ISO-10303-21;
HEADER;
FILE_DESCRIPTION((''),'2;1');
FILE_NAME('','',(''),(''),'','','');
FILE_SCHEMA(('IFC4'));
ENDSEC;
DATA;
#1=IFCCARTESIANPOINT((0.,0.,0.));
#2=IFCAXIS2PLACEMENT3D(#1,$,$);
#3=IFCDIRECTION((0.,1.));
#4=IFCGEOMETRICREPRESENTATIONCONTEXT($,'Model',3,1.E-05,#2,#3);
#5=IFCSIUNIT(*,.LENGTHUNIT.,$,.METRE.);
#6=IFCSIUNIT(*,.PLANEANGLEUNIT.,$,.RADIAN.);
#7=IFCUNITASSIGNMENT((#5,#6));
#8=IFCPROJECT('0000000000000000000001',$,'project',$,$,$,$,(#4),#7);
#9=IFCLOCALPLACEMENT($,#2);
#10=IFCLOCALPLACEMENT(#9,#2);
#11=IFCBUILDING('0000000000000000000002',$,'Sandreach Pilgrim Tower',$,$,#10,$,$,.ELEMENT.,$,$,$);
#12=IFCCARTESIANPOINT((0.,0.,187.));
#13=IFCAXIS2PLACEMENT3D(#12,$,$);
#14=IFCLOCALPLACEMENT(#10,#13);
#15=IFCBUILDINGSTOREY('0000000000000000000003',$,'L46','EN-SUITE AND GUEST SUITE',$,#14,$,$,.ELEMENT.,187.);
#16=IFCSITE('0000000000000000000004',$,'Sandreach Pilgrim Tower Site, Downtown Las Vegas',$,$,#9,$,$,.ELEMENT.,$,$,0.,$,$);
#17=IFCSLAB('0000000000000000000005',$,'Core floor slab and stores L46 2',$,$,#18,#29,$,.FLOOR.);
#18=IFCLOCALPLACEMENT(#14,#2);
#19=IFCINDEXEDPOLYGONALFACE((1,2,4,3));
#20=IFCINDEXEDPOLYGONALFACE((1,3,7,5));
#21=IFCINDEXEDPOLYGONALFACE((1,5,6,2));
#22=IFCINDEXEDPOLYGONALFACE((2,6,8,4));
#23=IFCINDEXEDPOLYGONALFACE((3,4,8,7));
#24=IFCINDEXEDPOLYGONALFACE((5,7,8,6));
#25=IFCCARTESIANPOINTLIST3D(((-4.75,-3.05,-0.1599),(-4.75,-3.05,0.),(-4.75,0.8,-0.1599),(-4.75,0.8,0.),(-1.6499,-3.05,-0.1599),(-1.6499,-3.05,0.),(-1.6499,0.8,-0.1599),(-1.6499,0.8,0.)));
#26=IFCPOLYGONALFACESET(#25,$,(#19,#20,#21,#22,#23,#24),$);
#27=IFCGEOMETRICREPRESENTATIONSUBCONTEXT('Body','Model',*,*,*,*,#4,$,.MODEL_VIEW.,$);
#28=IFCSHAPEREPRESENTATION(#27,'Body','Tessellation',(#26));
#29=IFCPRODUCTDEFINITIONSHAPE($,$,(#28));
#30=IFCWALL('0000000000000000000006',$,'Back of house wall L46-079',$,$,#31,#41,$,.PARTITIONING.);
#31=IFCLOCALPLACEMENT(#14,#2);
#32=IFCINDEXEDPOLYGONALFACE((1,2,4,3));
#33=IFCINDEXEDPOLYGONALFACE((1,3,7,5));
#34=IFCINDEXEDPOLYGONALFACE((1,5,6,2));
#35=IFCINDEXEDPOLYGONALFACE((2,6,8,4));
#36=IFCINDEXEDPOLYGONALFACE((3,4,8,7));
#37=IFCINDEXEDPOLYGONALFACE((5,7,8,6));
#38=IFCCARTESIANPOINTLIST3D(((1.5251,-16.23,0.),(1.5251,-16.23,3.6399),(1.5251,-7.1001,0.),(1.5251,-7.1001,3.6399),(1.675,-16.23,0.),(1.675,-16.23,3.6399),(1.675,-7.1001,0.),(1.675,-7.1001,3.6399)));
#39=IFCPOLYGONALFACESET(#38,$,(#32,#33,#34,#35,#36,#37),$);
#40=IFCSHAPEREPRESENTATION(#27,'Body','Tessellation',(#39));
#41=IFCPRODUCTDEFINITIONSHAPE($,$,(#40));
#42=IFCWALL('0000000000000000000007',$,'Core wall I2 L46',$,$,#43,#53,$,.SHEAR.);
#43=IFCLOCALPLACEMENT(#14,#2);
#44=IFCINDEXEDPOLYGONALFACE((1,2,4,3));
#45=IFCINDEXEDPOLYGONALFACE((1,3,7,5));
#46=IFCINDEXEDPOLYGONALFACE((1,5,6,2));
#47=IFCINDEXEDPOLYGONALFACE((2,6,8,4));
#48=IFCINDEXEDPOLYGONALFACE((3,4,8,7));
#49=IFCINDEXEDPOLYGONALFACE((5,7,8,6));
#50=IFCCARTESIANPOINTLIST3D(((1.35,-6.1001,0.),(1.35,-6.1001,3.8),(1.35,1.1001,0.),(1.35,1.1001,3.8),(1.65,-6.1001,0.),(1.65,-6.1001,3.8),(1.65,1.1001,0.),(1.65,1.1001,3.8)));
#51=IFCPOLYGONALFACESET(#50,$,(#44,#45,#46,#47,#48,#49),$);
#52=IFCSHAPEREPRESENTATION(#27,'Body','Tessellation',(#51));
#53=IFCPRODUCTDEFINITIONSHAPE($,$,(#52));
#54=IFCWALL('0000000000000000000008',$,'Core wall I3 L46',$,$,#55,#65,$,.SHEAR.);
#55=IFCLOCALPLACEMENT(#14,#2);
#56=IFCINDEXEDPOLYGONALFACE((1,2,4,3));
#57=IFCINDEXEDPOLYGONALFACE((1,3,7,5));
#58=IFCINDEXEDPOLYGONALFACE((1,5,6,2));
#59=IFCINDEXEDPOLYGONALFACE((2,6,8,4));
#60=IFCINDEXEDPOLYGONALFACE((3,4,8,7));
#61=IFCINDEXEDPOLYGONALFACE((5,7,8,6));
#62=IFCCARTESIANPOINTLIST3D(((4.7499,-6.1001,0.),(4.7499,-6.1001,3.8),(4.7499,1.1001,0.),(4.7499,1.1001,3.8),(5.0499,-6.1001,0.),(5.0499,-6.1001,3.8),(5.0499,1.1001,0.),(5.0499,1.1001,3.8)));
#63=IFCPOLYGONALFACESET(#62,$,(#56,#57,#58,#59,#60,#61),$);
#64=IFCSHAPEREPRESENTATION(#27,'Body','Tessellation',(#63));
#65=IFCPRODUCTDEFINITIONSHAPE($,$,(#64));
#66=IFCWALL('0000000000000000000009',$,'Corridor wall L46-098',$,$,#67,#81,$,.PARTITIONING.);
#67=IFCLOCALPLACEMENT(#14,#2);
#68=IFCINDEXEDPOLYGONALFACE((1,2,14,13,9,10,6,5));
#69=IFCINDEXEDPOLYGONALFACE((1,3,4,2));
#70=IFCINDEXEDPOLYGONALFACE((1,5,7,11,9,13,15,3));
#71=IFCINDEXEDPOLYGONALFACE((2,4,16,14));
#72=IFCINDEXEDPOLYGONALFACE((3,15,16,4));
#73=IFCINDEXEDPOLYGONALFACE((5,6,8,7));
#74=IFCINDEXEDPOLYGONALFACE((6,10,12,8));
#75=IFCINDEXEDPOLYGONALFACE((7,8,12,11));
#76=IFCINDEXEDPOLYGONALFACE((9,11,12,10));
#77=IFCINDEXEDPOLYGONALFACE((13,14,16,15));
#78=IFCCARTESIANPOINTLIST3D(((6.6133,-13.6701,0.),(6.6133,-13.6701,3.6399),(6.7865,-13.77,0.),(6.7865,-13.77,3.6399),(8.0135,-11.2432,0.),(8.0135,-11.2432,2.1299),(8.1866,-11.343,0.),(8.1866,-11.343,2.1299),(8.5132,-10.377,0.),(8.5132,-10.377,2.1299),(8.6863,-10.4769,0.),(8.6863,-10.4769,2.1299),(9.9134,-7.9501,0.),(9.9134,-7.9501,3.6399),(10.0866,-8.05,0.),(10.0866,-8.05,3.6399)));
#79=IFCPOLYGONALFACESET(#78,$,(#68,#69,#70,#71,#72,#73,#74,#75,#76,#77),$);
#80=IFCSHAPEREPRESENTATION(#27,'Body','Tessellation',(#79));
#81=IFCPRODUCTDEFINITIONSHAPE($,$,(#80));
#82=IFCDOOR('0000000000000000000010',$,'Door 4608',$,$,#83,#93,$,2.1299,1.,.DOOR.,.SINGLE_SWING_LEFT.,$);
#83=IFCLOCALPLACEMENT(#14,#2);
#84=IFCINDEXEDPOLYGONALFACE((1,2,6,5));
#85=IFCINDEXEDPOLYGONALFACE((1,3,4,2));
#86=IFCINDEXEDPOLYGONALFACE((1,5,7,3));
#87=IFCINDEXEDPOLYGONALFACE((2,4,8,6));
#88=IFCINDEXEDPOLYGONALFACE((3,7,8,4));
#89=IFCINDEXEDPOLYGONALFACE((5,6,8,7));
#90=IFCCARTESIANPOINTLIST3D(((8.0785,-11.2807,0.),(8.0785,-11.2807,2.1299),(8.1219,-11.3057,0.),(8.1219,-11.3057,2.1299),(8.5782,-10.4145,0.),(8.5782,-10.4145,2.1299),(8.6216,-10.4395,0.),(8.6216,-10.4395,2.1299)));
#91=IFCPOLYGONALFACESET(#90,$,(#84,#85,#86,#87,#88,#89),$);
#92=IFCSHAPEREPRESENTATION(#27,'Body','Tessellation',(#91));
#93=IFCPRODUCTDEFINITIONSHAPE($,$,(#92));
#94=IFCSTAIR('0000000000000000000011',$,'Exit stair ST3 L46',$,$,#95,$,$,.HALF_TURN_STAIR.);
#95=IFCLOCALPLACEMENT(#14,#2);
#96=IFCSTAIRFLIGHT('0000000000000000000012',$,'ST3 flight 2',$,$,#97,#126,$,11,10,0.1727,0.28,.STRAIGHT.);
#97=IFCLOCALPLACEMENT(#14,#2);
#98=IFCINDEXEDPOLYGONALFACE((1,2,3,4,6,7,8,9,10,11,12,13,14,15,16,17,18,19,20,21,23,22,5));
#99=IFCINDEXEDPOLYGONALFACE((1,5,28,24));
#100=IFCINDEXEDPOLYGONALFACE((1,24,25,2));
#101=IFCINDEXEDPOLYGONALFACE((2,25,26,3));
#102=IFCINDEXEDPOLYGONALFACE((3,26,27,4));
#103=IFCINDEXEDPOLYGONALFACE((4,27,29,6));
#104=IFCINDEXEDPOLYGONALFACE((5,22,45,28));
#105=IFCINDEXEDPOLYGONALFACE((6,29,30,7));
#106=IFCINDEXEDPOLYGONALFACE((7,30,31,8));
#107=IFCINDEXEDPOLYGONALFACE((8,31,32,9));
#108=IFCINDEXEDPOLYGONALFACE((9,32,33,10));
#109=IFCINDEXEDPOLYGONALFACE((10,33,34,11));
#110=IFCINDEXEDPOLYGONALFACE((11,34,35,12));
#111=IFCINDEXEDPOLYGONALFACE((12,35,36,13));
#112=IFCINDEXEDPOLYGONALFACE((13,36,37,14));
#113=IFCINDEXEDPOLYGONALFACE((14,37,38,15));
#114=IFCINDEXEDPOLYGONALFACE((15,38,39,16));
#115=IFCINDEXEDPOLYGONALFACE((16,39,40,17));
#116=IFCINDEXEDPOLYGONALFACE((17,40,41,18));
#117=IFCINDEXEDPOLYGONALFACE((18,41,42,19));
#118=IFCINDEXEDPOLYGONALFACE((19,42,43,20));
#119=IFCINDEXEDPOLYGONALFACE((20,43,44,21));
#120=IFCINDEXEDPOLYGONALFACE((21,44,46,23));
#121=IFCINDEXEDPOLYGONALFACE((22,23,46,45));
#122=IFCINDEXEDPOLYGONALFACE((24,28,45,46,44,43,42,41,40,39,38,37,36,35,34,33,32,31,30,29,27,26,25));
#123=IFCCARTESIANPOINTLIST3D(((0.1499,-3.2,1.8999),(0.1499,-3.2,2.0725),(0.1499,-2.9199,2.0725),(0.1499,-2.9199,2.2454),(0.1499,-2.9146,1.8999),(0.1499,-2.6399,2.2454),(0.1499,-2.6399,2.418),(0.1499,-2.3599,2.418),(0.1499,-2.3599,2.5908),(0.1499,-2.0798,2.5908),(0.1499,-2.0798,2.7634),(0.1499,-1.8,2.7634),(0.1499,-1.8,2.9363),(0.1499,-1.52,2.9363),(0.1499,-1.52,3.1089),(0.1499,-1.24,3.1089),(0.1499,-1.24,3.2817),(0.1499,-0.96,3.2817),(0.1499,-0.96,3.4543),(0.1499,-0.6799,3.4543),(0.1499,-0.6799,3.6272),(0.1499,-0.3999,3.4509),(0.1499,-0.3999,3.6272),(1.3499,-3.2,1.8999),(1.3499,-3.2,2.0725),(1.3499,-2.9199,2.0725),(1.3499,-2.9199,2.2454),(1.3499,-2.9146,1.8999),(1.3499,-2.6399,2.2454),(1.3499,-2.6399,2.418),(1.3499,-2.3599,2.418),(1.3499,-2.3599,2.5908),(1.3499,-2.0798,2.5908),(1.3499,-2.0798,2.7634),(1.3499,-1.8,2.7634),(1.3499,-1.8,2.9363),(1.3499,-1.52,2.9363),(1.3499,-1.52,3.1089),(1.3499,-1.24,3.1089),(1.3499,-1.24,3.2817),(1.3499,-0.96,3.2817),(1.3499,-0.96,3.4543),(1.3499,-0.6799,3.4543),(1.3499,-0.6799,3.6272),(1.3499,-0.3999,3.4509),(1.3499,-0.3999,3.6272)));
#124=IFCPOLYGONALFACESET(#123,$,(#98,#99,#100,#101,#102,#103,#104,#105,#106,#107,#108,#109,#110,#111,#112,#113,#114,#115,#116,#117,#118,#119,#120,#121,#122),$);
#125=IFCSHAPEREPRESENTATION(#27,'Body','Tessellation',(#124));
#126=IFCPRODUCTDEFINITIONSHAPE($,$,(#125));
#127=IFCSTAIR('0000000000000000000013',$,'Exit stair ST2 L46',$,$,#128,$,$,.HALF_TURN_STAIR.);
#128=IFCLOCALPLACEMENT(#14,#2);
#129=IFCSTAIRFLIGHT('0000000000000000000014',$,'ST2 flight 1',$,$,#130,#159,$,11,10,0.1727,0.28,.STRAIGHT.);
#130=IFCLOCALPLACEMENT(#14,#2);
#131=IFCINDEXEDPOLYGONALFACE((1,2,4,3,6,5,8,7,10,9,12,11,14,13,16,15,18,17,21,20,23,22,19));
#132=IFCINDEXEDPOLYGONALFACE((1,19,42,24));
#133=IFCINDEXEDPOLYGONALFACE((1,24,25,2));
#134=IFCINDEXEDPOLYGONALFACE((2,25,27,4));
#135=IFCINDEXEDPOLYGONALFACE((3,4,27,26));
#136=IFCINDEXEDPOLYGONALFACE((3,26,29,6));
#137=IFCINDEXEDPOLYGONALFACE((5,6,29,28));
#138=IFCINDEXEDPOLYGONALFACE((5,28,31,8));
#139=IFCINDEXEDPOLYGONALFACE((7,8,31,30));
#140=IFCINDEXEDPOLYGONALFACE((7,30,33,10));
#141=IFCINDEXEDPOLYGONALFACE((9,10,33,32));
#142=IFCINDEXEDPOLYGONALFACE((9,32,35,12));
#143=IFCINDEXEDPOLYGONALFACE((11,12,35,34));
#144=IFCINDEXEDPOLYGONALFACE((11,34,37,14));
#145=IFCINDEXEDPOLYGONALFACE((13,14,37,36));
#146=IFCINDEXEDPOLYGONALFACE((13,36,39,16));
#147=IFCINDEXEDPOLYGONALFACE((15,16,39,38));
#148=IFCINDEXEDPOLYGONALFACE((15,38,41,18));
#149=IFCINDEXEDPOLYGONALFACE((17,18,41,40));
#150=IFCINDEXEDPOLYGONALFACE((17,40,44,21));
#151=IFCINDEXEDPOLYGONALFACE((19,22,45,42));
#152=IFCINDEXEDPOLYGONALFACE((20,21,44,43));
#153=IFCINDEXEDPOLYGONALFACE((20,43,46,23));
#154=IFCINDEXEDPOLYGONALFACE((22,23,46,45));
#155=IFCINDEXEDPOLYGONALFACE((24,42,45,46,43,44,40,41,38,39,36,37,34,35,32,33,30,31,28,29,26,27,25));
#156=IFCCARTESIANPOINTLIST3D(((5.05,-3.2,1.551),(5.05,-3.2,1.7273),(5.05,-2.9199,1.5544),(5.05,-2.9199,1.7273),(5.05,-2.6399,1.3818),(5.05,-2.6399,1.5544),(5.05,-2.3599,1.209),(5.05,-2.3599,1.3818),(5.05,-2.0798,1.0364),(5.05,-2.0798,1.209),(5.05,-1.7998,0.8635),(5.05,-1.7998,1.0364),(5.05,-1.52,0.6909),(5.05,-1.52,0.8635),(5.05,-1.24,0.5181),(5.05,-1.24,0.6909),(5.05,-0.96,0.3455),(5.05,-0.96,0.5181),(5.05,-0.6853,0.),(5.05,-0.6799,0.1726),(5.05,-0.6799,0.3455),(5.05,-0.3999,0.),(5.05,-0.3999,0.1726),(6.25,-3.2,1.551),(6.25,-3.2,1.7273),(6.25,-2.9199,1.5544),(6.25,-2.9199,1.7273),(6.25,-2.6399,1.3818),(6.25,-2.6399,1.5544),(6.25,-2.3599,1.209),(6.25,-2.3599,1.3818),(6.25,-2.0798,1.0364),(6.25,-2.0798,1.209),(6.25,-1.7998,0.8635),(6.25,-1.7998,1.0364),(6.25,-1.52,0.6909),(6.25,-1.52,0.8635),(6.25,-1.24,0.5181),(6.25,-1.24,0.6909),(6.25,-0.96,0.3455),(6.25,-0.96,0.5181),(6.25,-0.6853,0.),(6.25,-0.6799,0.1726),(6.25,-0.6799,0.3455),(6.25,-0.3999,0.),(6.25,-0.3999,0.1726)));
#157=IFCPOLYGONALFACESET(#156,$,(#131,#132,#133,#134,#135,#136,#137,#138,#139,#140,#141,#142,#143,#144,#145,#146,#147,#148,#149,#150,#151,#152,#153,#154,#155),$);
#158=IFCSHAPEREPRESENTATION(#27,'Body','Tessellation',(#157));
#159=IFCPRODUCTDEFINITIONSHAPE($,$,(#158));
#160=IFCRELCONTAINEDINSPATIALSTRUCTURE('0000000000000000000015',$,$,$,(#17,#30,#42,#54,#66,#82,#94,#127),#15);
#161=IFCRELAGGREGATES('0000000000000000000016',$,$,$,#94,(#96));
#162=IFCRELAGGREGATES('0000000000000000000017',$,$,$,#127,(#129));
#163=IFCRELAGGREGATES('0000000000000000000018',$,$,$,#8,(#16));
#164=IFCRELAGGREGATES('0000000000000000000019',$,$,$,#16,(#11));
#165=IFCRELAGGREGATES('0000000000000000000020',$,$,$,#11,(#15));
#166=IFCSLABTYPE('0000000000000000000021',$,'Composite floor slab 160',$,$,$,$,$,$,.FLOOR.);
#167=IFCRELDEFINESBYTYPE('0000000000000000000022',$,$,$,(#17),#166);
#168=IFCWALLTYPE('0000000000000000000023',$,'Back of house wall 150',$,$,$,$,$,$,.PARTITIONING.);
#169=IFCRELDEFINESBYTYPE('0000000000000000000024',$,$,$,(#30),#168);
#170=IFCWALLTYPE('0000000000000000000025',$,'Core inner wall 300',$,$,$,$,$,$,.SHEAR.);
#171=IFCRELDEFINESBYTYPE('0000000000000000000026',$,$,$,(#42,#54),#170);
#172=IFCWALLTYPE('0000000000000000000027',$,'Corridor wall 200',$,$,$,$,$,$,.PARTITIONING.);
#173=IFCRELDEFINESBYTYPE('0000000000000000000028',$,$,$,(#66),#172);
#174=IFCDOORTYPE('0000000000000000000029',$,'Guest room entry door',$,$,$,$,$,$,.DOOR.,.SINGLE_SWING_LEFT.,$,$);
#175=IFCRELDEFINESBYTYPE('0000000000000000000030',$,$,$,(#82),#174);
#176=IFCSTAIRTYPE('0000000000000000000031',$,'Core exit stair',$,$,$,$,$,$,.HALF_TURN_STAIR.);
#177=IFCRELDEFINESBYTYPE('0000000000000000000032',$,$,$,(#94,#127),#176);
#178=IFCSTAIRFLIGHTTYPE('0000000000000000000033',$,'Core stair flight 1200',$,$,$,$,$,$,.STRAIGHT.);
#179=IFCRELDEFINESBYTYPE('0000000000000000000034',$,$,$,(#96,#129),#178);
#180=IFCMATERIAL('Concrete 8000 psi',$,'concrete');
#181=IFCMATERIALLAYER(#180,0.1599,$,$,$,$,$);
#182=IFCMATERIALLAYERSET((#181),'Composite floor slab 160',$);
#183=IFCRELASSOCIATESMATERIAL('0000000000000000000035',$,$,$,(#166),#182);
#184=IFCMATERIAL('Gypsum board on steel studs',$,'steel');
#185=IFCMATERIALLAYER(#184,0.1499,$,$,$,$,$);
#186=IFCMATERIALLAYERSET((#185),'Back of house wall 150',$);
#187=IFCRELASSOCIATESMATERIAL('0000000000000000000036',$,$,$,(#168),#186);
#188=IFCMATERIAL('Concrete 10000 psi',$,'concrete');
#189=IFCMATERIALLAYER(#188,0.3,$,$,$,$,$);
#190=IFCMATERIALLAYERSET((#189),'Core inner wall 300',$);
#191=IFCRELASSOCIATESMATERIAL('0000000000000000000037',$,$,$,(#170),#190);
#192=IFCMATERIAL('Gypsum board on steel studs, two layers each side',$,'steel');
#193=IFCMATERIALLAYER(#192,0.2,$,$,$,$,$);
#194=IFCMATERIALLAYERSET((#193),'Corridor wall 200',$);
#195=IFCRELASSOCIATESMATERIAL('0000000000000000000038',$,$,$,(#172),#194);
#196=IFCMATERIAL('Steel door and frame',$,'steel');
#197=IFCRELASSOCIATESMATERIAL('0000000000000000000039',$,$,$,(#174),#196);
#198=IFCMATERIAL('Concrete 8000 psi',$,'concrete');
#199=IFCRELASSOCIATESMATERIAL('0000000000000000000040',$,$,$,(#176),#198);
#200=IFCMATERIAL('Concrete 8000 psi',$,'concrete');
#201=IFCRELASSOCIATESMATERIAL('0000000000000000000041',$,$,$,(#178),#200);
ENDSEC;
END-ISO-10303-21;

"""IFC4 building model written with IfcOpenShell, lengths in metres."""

from ifc_helpers import new_model, si_unit, direction, frame, frame_2d, origin, place, context, subcontext, project, spatial, polyline, rectangle, outline, extrude, material, layer, layer_set, type_object, element, fill, aggregate, save


model = new_model("IFC4")

# Units and contexts
model_context = context("Model", 3, precision=1e-05, world=origin(), true_north=direction((0.0, 1.0)))
body_context = subcontext(model_context, "Body", "Model", "MODEL_VIEW")
ifc_project = project(units=[si_unit("LENGTHUNIT", "METRE"), si_unit("PLANEANGLEUNIT", "RADIAN")], contexts=[model_context])

# Site, building, storey
site_placement = place(None, origin())
site = spatial("IfcSite", under=ifc_project, at=site_placement, Name="Sandreach Pilgrim Tower Site, Downtown Las Vegas", CompositionType="ELEMENT", RefElevation=0.0)
building_placement = place(site_placement, origin())
building = spatial("IfcBuilding", under=site, at=building_placement, Name="Sandreach Pilgrim Tower", CompositionType="ELEMENT")
storey_placement = place(building_placement, frame((0.0, 0.0, 187.0)))
storey = spatial("IfcBuildingStorey", under=building, at=storey_placement, Name="L46", Description="EN-SUITE AND GUEST SUITE", CompositionType="ELEMENT", Elevation=187.0)

# Slab
ifc_material_1 = material(Name="Concrete 8000 psi", Category="concrete")
ifc_layer_1 = layer(ifc_material_1, 0.1599)
ifc_layer_set_1 = layer_set([ifc_layer_1], Name="Composite floor slab 160")
slab_type = type_object("IfcSlabType", Name="Composite floor slab 160", PredefinedType="FLOOR", material=ifc_layer_set_1)
slab_placement = place(storey_placement, frame((0.0, 0.0, -0.1599)))
element("IfcSlab", 1, at=slab_placement, inside=storey, type_object=slab_type, Name="Core floor slab and stores L46 2", PredefinedType="FLOOR", context=body_context, shape_type="SweptSolid", body=[
    extrude(outline(polyline([(-1.6499, -3.05), (-4.75, -3.05), (-4.75, 0.8), (-1.6499, 0.8), (-1.6499, -3.05)])), origin(), (0.0, 0.0, 1.0), 0.1599),
])

# Walls
ifc_material_2 = material(Name="Gypsum board on steel studs", Category="steel")
ifc_layer_2 = layer(ifc_material_2, 0.1499)
ifc_layer_set_2 = layer_set([ifc_layer_2], Name="Back of house wall 150")
wall_type_1 = type_object("IfcWallType", Name="Back of house wall 150", PredefinedType="PARTITIONING", material=ifc_layer_set_2)
wall_1_placement = place(storey_placement, frame((1.6001, -7.1001, 0.0), z_axis=(0.0, 0.0, 1.0), x_axis=(0.0, -1.0, 0.0)))
element("IfcWall", 2, at=wall_1_placement, inside=storey, type_object=wall_type_1, Name="Back of house wall L46-079", PredefinedType="PARTITIONING", context=body_context, shape_type="SweptSolid", body=[
    extrude(rectangle(XDim=9.1299, YDim=0.1499, at=frame_2d((4.5649, 0.0))), origin(), (0.0, 0.0, 1.0), 3.6399),
])
ifc_material_3 = material(Name="Concrete 10000 psi", Category="concrete")
ifc_layer_3 = layer(ifc_material_3, 0.3)
ifc_layer_set_3 = layer_set([ifc_layer_3], Name="Core inner wall 300")
wall_type_2 = type_object("IfcWallType", Name="Core inner wall 300", PredefinedType="SHEAR", material=ifc_layer_set_3)
for number, where, z_axis, x_axis, name in (
    (3, (1.5, -6.1001, 0.0), (0.0, 0.0, 1.0), (0.0, 1.0, 0.0), "Core wall I2 L46"),
    (4, (4.8999, -6.1001, 0.0), (0.0, 0.0, 1.0), (0.0, 1.0, 0.0), "Core wall I3 L46"),
):
    element("IfcWall", number, at=place(storey_placement, frame(where, z_axis=z_axis, x_axis=x_axis)), inside=storey, type_object=wall_type_2, Name=name, PredefinedType="SHEAR", context=body_context, shape_type="SweptSolid", body=[
        extrude(rectangle(XDim=7.2002, YDim=0.3, at=frame_2d((3.6001, 0.0))), origin(), (0.0, 0.0, 1.0), 3.8),
    ])

# Wall, opening, door
ifc_material_4 = material(Name="Gypsum board on steel studs, two layers each side", Category="steel")
ifc_layer_4 = layer(ifc_material_4, 0.2)
ifc_layer_set_4 = layer_set([ifc_layer_4], Name="Corridor wall 200")
wall_type_3 = type_object("IfcWallType", Name="Corridor wall 200", PredefinedType="PARTITIONING", material=ifc_layer_set_4)
wall_2_placement = place(storey_placement, frame((6.7, -13.72, 0.0), z_axis=(0.0, 0.0, 1.0), x_axis=(0.49973, 0.866181, 0.0)))
wall_2 = element("IfcWall", 5, at=wall_2_placement, inside=storey, type_object=wall_type_3, Name="Corridor wall L46-098", PredefinedType="PARTITIONING", context=body_context, shape_type="SweptSolid", body=[
    extrude(rectangle(XDim=6.6038, YDim=0.2, at=frame_2d((3.3018, 0.0))), origin(), (0.0, 0.0, 1.0), 3.6399),
])
opening_1_placement = place(wall_2_placement, frame((2.8018, 0.0, 0.0)))
opening_1 = element("IfcOpeningElement", 6, at=opening_1_placement, cuts=wall_2, PredefinedType="OPENING", context=body_context, shape_type="SweptSolid", body=[
    extrude(rectangle(XDim=1.0, YDim=2.1299, at=frame_2d((0.5, 1.0649))), frame((0.0, 0.1001, 0.0), z_axis=(0.0, -1.0, 0.0), x_axis=(1.0, 0.0, 0.0)), (0.0, 0.0, 1.0), 0.2),
])
ifc_material_5 = material(Name="Steel door and frame", Category="steel")
door_type_1 = type_object("IfcDoorType", Name="Guest room entry door", OperationType="SINGLE_SWING_LEFT", PredefinedType="DOOR", material=ifc_material_5)
door_1_placement = place(opening_1_placement, origin())
door_1 = element("IfcDoor", 7, at=door_1_placement, inside=storey, type_object=door_type_1, Name="Door 4608", OperationType="SINGLE_SWING_LEFT", OverallHeight=2.1299, OverallWidth=1.0, PredefinedType="DOOR", context=body_context, shape_type="SweptSolid", body=[
    extrude(rectangle(XDim=1.0, YDim=2.1299, at=frame_2d((0.5, 1.0649))), frame((0.0, 0.0249, 0.0), z_axis=(0.0, -1.0, 0.0), x_axis=(1.0, 0.0, 0.0)), (0.0, 0.0, 1.0), 0.05),
])
fill(opening_1, door_1)

# Stair, stair flight
ifc_material_6 = material(Name="Concrete 8000 psi", Category="concrete")
stair_type = type_object("IfcStairType", Name="Core exit stair", PredefinedType="HALF_TURN_STAIR", material=ifc_material_6)
stair_1_placement = place(storey_placement, origin())
stair_1 = element("IfcStair", 8, at=stair_1_placement, inside=storey, type_object=stair_type, Name="Exit stair ST3 L46", PredefinedType="HALF_TURN_STAIR")
ifc_material_7 = material(Name="Concrete 8000 psi", Category="concrete")
stair_flight_type = type_object("IfcStairFlightType", Name="Core stair flight 1200", PredefinedType="STRAIGHT", material=ifc_material_7)
stair_flight_1_placement = place(storey_placement, frame((0.75, -3.2, 1.8999), z_axis=(0.0, 0.0, 1.0), x_axis=(0.0, 1.0, 0.0)))
stair_flight_1 = element("IfcStairFlight", 9, at=stair_flight_1_placement, type_object=stair_flight_type, Name="ST3 flight 2", NumberOfRisers=11, NumberOfTreads=10, PredefinedType="STRAIGHT", RiserHeight=0.1727, TreadLength=0.28, context=body_context, shape_type="SweptSolid", body=[
    extrude(outline(polyline([(0.0, 0.0), (0.0, 0.1726), (0.28, 0.1726), (0.28, 0.3455), (0.5601, 0.3455), (0.5601, 0.5181), (0.8401, 0.5181), (0.8401, 0.6909), (1.1201, 0.6909), (1.1201, 0.8635), (1.3999, 0.8635), (1.3999, 1.0364), (1.6799, 1.0364), (1.6799, 1.209), (1.96, 1.209), (1.96, 1.3818), (2.24, 1.3818), (2.24, 1.5544), (2.52, 1.5544), (2.52, 1.7273), (2.8, 1.7273), (2.8, 1.8999), (2.8, 1.551), (0.2854, 0.0), (0.0, 0.0)])), frame((0.0, 0.6001, 0.0), z_axis=(0.0, -1.0, 0.0), x_axis=(1.0, 0.0, 0.0)), (0.0, 0.0, 1.0), 1.2),
])
aggregate(stair_1, [stair_flight_1])

# Stair, stair flight
stair_2_placement = place(storey_placement, origin())
stair_2 = element("IfcStair", 10, at=stair_2_placement, inside=storey, type_object=stair_type, Name="Exit stair ST2 L46", PredefinedType="HALF_TURN_STAIR")
stair_flight_2_placement = place(storey_placement, frame((5.6499, -0.3999, 0.0), z_axis=(0.0, 0.0, 1.0), x_axis=(0.0, -1.0, 0.0)))
stair_flight_2 = element("IfcStairFlight", 11, at=stair_flight_2_placement, type_object=stair_flight_type, Name="ST2 flight 1", NumberOfRisers=11, NumberOfTreads=10, PredefinedType="STRAIGHT", RiserHeight=0.1727, TreadLength=0.28, context=body_context, shape_type="SweptSolid", body=[
    extrude(outline(polyline([(0.0, 0.0), (0.0, 0.1726), (0.28, 0.1726), (0.28, 0.3455), (0.5601, 0.3455), (0.5601, 0.5181), (0.8401, 0.5181), (0.8401, 0.6909), (1.1201, 0.6909), (1.1201, 0.8635), (1.3999, 0.8635), (1.3999, 1.0364), (1.6799, 1.0364), (1.6799, 1.209), (1.96, 1.209), (1.96, 1.3818), (2.24, 1.3818), (2.24, 1.5544), (2.52, 1.5544), (2.52, 1.7273), (2.8, 1.7273), (2.8, 1.8999), (2.8, 1.551), (0.2854, 0.0), (0.0, 0.0)])), frame((0.0, 0.6001, 0.0), z_axis=(0.0, -1.0, 0.0), x_axis=(1.0, 0.0, 0.0)), (0.0, 0.0, 1.0), 1.2),
])
aggregate(stair_2, [stair_flight_2])

save(model, "model.ifc")
